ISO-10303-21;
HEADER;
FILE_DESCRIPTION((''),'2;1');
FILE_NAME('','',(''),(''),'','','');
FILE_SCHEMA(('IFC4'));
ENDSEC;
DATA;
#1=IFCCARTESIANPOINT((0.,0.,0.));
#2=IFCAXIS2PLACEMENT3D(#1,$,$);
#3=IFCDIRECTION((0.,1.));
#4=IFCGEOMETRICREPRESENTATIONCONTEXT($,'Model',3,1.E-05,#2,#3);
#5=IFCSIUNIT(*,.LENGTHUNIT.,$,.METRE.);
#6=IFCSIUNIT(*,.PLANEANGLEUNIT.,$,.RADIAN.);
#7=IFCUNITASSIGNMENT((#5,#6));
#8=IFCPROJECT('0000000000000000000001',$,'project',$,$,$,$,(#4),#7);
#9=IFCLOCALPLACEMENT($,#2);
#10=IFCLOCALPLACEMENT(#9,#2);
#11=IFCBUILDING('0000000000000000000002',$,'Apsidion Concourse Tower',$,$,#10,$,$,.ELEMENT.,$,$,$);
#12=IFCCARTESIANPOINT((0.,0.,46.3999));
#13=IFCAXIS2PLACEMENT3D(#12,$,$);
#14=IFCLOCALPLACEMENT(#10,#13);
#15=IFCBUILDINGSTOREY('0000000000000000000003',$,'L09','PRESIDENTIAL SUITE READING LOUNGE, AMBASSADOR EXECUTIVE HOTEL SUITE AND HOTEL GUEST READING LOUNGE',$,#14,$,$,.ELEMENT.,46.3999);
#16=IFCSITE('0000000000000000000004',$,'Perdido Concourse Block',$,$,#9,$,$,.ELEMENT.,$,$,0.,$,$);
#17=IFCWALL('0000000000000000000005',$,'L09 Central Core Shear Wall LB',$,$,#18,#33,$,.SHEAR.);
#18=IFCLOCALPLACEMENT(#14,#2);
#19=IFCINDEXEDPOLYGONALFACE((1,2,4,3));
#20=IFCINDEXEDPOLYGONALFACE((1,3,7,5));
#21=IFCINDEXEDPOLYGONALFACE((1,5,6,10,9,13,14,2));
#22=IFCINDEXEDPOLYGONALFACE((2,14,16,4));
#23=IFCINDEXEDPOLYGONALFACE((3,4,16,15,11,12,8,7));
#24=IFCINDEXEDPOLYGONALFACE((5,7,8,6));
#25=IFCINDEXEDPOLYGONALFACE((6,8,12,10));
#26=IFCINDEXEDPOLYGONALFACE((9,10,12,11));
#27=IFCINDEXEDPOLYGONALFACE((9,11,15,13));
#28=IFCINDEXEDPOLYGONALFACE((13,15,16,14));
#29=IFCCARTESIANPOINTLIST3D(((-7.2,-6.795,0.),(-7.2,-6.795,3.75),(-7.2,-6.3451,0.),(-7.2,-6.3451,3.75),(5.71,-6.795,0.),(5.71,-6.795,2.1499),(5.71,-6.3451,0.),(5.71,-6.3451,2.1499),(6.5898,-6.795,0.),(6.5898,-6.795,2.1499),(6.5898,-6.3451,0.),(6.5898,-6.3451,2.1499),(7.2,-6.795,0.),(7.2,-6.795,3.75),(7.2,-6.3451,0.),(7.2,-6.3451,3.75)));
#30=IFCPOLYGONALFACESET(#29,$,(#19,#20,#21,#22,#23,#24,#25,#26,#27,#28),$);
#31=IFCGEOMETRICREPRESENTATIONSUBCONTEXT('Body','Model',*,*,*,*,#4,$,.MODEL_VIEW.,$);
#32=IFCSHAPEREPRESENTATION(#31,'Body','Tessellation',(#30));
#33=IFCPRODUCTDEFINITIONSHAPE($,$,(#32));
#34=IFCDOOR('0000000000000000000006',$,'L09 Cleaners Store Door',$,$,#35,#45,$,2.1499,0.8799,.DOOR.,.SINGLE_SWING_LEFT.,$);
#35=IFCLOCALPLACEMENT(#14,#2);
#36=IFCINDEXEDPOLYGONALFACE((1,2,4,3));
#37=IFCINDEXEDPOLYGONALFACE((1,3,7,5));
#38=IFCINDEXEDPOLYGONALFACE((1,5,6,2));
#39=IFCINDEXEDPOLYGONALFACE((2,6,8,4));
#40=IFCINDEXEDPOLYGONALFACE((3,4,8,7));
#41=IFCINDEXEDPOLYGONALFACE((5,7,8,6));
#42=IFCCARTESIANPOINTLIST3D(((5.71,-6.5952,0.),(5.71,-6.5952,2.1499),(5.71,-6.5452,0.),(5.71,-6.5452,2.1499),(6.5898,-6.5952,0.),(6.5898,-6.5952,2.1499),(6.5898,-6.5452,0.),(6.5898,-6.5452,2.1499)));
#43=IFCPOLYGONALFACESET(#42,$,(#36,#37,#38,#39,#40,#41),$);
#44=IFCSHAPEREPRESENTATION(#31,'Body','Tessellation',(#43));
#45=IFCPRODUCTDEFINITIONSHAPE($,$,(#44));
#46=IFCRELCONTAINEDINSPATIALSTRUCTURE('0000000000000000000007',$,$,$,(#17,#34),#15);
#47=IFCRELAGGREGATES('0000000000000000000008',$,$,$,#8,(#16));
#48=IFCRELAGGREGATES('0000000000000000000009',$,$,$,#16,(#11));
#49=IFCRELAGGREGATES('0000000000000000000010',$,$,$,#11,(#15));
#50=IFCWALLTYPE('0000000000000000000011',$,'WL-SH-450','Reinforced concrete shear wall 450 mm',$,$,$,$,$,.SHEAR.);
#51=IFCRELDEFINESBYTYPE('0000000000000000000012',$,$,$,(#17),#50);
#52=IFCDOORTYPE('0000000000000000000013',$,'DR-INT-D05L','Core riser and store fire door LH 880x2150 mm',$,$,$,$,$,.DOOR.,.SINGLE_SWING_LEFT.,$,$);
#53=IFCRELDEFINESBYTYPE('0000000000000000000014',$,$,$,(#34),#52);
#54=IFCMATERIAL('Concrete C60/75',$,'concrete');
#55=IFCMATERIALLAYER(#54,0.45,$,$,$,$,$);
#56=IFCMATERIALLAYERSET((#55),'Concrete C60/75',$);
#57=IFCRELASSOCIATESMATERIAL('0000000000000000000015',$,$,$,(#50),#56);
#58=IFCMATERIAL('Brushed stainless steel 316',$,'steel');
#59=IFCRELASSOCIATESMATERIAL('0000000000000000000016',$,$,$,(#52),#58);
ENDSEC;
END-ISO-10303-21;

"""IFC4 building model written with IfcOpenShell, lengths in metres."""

from ifc_helpers import new_model, si_unit, direction, frame, frame_2d, origin, place, context, subcontext, project, spatial, rectangle, extrude, material, layer, layer_set, type_object, element, fill, save


model = new_model("IFC4")

# Units and contexts
model_context = context("Model", 3, precision=1e-05, world=origin(), true_north=direction((0.0, 1.0)))
body_context = subcontext(model_context, "Body", "Model", "MODEL_VIEW")
ifc_project = project(units=[si_unit("LENGTHUNIT", "METRE"), si_unit("PLANEANGLEUNIT", "RADIAN")], contexts=[model_context])

# Site, building, storey
site_placement = place(None, origin())
site = spatial("IfcSite", under=ifc_project, at=site_placement, Name="Perdido Concourse Block", CompositionType="ELEMENT", RefElevation=0.0)
building_placement = place(site_placement, origin())
building = spatial("IfcBuilding", under=site, at=building_placement, Name="Apsidion Concourse Tower", CompositionType="ELEMENT")
storey_placement = place(building_placement, frame((0.0, 0.0, 46.3999)))
storey = spatial("IfcBuildingStorey", under=building, at=storey_placement, Name="L09", Description="PRESIDENTIAL SUITE READING LOUNGE, AMBASSADOR EXECUTIVE HOTEL SUITE AND HOTEL GUEST READING LOUNGE", CompositionType="ELEMENT", Elevation=46.3999)

# Shared definitions
ifc_material_1 = material(Name="Concrete C60/75", Category="concrete")

# Wall, opening, door
ifc_layer_1 = layer(ifc_material_1, 0.45)
ifc_layer_set_1 = layer_set([ifc_layer_1], Name="Concrete C60/75")
wall_type_1 = type_object("IfcWallType", Name="WL-SH-450", Description="Reinforced concrete shear wall 450 mm", PredefinedType="SHEAR", material=ifc_layer_set_1)
wall_1_placement = place(storey_placement, frame((-7.2, -6.5701, 0.0), z_axis=(0.0, 0.0, 1.0), x_axis=(1.0, 0.0, 0.0)))
wall_1 = element("IfcWall", 1, at=wall_1_placement, inside=storey, type_object=wall_type_1, Name="L09 Central Core Shear Wall LB", PredefinedType="SHEAR", context=body_context, shape_type="SweptSolid", body=[
    extrude(rectangle(XDim=14.3999, YDim=0.45, at=frame_2d((7.2, 0.0))), origin(), (0.0, 0.0, 1.0), 3.75),
])
opening_1_placement = place(wall_1_placement, frame((12.9099, 0.0, 0.0)))
opening_1 = element("IfcOpeningElement", 2, at=opening_1_placement, cuts=wall_1, PredefinedType="OPENING", context=body_context, shape_type="SweptSolid", body=[
    extrude(rectangle(XDim=0.8799, YDim=2.1499, at=frame_2d((0.4399, 1.075))), frame((0.0, 0.2349, 0.0), z_axis=(0.0, -1.0, 0.0), x_axis=(1.0, 0.0, 0.0)), (0.0, 0.0, 1.0), 0.47),
])
ifc_material_2 = material(Name="Brushed stainless steel 316", Category="steel")
door_type_1 = type_object("IfcDoorType", Name="DR-INT-D05L", Description="Core riser and store fire door LH 880x2150 mm", OperationType="SINGLE_SWING_LEFT", PredefinedType="DOOR", material=ifc_material_2)
door_1_placement = place(opening_1_placement, origin())
door_1 = element("IfcDoor", 3, at=door_1_placement, inside=storey, type_object=door_type_1, Name="L09 Cleaners Store Door", OperationType="SINGLE_SWING_LEFT", OverallHeight=2.1499, OverallWidth=0.8799, PredefinedType="DOOR", context=body_context, shape_type="SweptSolid", body=[
    extrude(rectangle(XDim=0.8799, YDim=2.1499, at=frame_2d((0.4399, 1.075))), frame((0.0, 0.0249, 0.0), z_axis=(0.0, -1.0, 0.0), x_axis=(1.0, 0.0, 0.0)), (0.0, 0.0, 1.0), 0.05),
])
fill(opening_1, door_1)

save(model, "model.ifc")
